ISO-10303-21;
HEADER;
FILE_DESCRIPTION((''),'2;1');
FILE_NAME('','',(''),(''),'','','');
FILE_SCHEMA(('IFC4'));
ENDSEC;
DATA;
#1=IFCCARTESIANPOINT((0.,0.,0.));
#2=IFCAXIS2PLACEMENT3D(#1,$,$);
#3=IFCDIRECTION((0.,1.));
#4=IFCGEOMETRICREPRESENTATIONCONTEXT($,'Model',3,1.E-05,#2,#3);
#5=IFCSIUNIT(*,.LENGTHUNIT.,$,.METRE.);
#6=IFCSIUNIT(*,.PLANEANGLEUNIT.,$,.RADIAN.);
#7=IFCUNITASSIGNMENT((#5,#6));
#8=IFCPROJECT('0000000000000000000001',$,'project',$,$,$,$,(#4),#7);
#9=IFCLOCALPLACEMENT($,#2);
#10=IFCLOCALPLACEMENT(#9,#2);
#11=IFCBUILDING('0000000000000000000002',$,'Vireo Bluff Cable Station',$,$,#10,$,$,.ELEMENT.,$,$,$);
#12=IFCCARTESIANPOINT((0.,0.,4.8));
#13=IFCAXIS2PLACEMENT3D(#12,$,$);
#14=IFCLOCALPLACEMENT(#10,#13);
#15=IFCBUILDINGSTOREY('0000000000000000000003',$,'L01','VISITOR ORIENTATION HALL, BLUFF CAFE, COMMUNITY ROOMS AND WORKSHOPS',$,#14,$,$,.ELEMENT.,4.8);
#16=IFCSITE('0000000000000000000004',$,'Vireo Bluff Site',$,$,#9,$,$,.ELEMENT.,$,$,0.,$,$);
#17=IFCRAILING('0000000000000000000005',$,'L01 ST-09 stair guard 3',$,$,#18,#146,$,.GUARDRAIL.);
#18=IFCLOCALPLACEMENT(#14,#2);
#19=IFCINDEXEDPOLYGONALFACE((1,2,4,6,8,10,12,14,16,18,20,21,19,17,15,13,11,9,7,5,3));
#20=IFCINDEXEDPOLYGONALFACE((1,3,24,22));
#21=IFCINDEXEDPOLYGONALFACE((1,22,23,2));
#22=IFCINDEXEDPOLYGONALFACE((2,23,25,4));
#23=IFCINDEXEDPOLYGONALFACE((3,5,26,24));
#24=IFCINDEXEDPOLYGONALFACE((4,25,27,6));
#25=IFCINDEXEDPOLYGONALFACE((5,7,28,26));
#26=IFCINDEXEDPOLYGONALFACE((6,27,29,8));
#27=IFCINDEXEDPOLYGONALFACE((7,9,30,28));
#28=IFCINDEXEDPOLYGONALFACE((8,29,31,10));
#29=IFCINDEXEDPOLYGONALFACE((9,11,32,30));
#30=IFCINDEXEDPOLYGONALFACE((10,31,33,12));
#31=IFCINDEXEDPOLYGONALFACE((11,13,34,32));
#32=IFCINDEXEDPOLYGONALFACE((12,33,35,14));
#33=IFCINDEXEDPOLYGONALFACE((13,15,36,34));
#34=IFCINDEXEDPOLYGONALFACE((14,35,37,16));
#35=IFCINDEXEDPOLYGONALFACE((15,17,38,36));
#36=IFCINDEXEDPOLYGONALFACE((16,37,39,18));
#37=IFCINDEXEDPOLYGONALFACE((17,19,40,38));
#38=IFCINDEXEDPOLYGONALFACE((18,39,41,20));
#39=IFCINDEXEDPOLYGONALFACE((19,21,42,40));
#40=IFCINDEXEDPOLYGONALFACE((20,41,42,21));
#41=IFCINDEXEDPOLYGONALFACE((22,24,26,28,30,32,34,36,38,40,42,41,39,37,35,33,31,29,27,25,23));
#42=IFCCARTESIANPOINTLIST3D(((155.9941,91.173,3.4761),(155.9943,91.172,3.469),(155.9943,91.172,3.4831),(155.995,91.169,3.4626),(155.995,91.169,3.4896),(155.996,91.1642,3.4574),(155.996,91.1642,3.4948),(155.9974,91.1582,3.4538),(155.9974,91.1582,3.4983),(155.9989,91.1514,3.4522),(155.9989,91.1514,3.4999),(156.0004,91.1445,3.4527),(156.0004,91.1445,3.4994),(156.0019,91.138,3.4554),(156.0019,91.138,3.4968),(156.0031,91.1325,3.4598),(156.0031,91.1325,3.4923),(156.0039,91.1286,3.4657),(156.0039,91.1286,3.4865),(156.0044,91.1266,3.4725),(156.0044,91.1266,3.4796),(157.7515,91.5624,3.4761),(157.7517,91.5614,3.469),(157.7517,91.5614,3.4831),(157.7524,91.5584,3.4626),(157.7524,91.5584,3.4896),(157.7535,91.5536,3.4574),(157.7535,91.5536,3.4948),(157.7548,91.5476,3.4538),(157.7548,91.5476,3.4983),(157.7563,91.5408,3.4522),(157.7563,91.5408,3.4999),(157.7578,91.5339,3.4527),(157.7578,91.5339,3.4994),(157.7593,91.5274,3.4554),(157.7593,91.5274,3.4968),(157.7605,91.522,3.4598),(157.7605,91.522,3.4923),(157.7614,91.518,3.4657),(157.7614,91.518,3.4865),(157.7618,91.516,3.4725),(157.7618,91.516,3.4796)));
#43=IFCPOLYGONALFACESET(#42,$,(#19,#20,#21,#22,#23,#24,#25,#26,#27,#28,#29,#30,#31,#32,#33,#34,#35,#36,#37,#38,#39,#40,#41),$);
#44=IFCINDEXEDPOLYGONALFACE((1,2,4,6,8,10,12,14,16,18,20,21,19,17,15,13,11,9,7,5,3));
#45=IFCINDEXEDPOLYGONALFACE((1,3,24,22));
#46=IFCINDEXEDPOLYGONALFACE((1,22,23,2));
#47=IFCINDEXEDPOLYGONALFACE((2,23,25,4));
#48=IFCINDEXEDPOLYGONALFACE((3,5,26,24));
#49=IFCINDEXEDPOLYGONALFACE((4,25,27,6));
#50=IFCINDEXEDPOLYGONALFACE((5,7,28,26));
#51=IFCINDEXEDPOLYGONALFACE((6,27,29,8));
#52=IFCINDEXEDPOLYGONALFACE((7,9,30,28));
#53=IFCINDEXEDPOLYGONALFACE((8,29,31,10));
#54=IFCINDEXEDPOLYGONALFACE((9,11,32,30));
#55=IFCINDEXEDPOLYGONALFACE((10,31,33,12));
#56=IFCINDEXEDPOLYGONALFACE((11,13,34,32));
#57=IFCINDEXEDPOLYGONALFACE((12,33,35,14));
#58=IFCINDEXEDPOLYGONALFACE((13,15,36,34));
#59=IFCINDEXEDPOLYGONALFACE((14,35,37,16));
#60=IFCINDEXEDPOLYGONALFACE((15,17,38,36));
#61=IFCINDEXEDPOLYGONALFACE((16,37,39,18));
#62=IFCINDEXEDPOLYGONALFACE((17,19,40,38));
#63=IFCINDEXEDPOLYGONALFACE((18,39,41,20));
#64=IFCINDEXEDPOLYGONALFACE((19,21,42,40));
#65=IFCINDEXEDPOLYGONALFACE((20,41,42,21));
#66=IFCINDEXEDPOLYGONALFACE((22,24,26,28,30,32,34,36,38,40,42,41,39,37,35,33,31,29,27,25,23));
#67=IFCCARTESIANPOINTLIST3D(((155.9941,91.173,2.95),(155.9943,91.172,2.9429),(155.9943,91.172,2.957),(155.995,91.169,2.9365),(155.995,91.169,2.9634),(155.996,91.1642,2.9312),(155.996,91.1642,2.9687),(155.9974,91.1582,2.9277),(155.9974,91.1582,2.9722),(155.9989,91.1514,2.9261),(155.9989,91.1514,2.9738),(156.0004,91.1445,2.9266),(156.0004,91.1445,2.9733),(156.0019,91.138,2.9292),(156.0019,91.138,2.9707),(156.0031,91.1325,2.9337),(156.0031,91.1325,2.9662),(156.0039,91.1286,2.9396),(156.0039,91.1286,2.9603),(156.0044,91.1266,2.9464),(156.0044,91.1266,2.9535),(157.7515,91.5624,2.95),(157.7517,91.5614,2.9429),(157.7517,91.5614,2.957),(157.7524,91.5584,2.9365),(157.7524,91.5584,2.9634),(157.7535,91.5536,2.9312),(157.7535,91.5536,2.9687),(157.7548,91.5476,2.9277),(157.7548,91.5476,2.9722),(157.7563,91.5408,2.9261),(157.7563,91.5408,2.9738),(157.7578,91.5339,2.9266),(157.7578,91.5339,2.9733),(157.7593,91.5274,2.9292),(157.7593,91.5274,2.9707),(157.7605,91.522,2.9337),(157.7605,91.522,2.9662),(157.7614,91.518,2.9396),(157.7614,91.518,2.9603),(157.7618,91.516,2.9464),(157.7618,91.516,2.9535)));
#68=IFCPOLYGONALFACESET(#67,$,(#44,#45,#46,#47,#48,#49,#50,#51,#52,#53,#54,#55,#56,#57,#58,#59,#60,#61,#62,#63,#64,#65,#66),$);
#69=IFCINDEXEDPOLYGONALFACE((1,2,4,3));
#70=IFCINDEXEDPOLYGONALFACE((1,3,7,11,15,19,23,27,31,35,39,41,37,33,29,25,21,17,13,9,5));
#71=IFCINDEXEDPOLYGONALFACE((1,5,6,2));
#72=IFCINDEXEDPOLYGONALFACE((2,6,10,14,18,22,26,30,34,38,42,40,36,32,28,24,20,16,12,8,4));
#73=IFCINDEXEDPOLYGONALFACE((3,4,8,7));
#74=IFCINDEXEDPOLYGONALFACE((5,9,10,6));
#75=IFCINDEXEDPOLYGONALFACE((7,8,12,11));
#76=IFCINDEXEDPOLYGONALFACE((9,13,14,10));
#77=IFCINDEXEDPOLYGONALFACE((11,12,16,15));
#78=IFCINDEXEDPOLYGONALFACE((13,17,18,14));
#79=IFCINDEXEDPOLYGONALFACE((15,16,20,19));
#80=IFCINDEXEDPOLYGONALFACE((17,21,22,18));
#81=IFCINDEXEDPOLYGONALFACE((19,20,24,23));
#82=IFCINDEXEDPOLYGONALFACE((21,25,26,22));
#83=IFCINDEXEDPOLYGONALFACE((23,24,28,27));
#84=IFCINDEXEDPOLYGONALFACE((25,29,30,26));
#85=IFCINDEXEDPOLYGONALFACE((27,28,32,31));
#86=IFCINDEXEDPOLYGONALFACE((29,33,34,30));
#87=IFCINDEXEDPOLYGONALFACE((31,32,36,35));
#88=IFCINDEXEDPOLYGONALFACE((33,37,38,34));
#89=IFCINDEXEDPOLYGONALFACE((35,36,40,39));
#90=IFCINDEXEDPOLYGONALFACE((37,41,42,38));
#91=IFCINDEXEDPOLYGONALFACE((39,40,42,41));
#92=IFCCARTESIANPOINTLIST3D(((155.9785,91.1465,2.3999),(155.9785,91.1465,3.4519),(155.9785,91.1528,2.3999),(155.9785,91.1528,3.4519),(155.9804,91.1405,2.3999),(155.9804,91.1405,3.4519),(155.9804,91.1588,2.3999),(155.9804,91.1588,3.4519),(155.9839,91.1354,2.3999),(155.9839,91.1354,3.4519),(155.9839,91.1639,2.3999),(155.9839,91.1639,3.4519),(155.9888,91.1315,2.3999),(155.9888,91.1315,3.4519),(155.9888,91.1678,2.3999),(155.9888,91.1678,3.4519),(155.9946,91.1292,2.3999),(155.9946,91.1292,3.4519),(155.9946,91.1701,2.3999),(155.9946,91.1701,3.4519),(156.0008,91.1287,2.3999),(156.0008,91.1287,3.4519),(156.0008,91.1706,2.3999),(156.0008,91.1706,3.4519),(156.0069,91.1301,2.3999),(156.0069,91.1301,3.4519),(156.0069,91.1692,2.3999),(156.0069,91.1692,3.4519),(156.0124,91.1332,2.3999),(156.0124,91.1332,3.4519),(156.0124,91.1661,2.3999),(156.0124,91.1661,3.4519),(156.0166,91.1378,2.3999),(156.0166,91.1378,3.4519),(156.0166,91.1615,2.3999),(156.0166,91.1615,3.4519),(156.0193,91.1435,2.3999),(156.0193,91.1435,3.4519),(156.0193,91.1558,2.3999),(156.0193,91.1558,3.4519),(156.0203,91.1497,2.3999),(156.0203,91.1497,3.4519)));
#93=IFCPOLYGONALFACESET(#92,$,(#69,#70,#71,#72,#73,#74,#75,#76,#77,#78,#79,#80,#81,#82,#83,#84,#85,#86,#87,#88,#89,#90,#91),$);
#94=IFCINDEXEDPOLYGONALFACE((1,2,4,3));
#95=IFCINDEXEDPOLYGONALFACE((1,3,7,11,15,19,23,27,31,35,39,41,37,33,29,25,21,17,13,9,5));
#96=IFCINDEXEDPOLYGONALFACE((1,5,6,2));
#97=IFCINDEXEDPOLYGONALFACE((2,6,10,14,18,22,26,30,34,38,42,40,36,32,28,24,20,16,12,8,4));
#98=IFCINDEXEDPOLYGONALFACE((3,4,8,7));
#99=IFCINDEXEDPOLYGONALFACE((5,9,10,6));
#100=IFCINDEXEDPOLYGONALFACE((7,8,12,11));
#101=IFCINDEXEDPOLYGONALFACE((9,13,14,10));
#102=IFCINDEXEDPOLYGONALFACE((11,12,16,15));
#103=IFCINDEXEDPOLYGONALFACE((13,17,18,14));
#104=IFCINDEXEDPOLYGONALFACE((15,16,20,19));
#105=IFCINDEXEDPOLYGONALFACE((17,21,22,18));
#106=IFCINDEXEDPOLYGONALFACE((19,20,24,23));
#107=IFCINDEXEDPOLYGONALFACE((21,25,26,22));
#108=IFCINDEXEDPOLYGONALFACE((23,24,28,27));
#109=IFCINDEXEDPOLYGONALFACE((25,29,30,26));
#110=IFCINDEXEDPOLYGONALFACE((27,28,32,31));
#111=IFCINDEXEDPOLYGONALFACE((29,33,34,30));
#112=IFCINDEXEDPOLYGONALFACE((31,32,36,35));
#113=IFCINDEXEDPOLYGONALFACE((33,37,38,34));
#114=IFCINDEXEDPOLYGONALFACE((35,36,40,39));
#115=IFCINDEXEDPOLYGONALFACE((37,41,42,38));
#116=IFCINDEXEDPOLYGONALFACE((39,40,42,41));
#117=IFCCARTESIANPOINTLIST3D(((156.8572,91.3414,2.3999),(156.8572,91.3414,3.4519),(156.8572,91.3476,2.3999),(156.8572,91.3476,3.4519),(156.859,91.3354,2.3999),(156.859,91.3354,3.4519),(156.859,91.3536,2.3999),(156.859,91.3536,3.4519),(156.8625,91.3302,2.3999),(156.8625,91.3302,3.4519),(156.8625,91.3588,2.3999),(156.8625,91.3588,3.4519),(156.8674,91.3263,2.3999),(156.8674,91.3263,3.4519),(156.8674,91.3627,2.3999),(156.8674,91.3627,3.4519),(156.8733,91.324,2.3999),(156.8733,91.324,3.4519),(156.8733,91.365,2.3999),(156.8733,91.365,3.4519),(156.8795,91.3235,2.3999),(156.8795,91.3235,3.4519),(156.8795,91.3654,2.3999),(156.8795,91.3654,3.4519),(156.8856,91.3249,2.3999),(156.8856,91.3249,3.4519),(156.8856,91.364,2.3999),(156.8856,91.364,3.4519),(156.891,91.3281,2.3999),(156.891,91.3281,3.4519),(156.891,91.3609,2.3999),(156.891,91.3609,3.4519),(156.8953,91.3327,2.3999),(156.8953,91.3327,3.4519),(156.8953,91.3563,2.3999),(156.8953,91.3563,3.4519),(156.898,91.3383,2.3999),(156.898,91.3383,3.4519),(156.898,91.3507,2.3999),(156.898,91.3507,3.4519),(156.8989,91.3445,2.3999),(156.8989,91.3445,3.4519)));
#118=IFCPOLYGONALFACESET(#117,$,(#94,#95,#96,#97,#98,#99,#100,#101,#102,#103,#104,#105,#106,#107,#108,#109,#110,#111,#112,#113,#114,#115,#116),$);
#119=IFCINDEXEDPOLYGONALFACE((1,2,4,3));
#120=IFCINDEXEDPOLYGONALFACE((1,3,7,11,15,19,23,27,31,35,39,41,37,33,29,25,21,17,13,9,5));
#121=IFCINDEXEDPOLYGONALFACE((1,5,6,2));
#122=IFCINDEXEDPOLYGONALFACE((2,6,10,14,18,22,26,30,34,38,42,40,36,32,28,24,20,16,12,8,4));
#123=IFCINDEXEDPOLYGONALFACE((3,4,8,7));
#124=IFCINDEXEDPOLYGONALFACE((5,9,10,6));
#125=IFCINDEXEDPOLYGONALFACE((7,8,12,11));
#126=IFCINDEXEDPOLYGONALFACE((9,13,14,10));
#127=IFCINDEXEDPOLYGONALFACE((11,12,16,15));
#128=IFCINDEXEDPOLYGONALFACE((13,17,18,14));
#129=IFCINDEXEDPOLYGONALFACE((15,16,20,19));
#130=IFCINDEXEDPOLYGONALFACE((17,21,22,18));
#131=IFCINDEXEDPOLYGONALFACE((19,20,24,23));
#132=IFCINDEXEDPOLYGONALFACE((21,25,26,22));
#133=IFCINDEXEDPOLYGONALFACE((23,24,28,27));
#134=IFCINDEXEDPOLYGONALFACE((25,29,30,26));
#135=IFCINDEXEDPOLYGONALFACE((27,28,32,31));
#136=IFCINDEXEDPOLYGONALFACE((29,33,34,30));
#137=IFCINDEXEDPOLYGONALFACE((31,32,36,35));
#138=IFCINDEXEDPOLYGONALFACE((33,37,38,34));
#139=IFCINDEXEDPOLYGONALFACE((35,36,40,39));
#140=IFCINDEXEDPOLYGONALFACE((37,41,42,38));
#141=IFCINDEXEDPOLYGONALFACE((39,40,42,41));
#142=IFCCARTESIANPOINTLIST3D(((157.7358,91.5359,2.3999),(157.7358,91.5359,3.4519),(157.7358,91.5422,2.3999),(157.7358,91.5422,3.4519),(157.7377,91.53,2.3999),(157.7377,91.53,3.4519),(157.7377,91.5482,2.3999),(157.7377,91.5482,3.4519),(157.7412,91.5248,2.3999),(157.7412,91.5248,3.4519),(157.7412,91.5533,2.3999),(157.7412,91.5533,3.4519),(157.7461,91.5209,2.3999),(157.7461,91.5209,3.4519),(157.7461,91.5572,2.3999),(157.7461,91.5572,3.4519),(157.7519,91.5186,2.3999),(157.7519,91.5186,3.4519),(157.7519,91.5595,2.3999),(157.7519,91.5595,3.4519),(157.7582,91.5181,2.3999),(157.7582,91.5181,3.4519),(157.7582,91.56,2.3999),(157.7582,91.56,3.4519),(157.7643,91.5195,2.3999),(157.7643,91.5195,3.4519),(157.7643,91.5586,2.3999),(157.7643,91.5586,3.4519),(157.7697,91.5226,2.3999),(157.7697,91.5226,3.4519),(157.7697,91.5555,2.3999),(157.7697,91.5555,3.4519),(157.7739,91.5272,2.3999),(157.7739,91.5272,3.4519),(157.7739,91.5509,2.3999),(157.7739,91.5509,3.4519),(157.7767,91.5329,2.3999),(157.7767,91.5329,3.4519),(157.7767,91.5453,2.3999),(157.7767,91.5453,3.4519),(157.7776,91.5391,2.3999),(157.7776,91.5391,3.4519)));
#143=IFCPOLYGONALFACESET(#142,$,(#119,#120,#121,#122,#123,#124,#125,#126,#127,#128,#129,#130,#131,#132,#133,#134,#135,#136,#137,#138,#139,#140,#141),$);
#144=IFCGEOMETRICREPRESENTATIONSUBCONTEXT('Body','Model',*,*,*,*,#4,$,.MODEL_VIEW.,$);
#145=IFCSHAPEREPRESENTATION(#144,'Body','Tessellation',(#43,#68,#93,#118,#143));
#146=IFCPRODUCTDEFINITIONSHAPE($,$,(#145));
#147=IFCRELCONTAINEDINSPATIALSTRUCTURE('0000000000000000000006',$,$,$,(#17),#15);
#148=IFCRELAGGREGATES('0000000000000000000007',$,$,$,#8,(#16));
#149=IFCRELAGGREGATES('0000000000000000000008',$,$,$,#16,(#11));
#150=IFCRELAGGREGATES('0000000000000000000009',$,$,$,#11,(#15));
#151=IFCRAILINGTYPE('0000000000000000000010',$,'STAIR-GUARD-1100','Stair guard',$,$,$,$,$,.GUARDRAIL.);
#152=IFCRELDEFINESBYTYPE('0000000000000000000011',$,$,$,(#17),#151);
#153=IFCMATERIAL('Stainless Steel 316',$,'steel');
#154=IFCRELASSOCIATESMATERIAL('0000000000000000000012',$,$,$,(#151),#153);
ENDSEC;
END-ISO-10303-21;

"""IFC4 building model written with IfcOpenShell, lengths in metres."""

from ifc_helpers import new_model, si_unit, direction, frame, origin, origin_2d, place, context, subcontext, project, spatial, circle, extrude, material, type_object, element, save


model = new_model("IFC4")

# Units and contexts
model_context = context("Model", 3, precision=1e-05, world=origin(), true_north=direction((0.0, 1.0)))
body_context = subcontext(model_context, "Body", "Model", "MODEL_VIEW")
ifc_project = project(units=[si_unit("LENGTHUNIT", "METRE"), si_unit("PLANEANGLEUNIT", "RADIAN")], contexts=[model_context])

# Site, building, storey
site_placement = place(None, origin())
site = spatial("IfcSite", under=ifc_project, at=site_placement, Name="Vireo Bluff Site", CompositionType="ELEMENT", RefElevation=0.0)
building_placement = place(site_placement, origin())
building = spatial("IfcBuilding", under=site, at=building_placement, Name="Vireo Bluff Cable Station", CompositionType="ELEMENT")
storey_placement = place(building_placement, frame((0.0, 0.0, 4.8)))
storey = spatial("IfcBuildingStorey", under=building, at=storey_placement, Name="L01", Description="VISITOR ORIENTATION HALL, BLUFF CAFE, COMMUNITY ROOMS AND WORKSHOPS", CompositionType="ELEMENT", Elevation=4.8)

# Railing
ifc_material_1 = material(Name="Stainless Steel 316", Category="steel")
railing_type_1 = type_object("IfcRailingType", Name="STAIR-GUARD-1100", Description="Stair guard", PredefinedType="GUARDRAIL", material=ifc_material_1)
railing_1_placement = place(storey_placement, frame((155.9993, 91.1497, 2.3999)))
element("IfcRailing", 1, at=railing_1_placement, inside=storey, type_object=railing_type_1, Name="L01 ST-09 stair guard 3", PredefinedType="GUARDRAIL", context=body_context, shape_type="SweptSolid", body=[
    extrude(circle(Radius=0.0239, at=origin_2d()), frame((0.0, 0.0, 1.0762), z_axis=(0.976318, 0.216342, 0.0), x_axis=(-0.216342, 0.976318, 0.0)), (0.0, 0.0, 1.0), 1.8),
    extrude(circle(Radius=0.0239, at=origin_2d()), frame((0.0, 0.0, 0.55), z_axis=(0.976318, 0.216342, 0.0), x_axis=(-0.216342, 0.976318, 0.0)), (0.0, 0.0, 1.0), 1.8),
    extrude(circle(Radius=0.021, at=origin_2d()), origin(), (0.0, 0.0, 1.0), 1.052),
    extrude(circle(Radius=0.021, at=origin_2d()), frame((0.8787, 0.1948, 0.0)), (0.0, 0.0, 1.0), 1.052),
    extrude(circle(Radius=0.021, at=origin_2d()), frame((1.7573, 0.3894, 0.0)), (0.0, 0.0, 1.0), 1.052),
])

save(model, "model.ifc")
